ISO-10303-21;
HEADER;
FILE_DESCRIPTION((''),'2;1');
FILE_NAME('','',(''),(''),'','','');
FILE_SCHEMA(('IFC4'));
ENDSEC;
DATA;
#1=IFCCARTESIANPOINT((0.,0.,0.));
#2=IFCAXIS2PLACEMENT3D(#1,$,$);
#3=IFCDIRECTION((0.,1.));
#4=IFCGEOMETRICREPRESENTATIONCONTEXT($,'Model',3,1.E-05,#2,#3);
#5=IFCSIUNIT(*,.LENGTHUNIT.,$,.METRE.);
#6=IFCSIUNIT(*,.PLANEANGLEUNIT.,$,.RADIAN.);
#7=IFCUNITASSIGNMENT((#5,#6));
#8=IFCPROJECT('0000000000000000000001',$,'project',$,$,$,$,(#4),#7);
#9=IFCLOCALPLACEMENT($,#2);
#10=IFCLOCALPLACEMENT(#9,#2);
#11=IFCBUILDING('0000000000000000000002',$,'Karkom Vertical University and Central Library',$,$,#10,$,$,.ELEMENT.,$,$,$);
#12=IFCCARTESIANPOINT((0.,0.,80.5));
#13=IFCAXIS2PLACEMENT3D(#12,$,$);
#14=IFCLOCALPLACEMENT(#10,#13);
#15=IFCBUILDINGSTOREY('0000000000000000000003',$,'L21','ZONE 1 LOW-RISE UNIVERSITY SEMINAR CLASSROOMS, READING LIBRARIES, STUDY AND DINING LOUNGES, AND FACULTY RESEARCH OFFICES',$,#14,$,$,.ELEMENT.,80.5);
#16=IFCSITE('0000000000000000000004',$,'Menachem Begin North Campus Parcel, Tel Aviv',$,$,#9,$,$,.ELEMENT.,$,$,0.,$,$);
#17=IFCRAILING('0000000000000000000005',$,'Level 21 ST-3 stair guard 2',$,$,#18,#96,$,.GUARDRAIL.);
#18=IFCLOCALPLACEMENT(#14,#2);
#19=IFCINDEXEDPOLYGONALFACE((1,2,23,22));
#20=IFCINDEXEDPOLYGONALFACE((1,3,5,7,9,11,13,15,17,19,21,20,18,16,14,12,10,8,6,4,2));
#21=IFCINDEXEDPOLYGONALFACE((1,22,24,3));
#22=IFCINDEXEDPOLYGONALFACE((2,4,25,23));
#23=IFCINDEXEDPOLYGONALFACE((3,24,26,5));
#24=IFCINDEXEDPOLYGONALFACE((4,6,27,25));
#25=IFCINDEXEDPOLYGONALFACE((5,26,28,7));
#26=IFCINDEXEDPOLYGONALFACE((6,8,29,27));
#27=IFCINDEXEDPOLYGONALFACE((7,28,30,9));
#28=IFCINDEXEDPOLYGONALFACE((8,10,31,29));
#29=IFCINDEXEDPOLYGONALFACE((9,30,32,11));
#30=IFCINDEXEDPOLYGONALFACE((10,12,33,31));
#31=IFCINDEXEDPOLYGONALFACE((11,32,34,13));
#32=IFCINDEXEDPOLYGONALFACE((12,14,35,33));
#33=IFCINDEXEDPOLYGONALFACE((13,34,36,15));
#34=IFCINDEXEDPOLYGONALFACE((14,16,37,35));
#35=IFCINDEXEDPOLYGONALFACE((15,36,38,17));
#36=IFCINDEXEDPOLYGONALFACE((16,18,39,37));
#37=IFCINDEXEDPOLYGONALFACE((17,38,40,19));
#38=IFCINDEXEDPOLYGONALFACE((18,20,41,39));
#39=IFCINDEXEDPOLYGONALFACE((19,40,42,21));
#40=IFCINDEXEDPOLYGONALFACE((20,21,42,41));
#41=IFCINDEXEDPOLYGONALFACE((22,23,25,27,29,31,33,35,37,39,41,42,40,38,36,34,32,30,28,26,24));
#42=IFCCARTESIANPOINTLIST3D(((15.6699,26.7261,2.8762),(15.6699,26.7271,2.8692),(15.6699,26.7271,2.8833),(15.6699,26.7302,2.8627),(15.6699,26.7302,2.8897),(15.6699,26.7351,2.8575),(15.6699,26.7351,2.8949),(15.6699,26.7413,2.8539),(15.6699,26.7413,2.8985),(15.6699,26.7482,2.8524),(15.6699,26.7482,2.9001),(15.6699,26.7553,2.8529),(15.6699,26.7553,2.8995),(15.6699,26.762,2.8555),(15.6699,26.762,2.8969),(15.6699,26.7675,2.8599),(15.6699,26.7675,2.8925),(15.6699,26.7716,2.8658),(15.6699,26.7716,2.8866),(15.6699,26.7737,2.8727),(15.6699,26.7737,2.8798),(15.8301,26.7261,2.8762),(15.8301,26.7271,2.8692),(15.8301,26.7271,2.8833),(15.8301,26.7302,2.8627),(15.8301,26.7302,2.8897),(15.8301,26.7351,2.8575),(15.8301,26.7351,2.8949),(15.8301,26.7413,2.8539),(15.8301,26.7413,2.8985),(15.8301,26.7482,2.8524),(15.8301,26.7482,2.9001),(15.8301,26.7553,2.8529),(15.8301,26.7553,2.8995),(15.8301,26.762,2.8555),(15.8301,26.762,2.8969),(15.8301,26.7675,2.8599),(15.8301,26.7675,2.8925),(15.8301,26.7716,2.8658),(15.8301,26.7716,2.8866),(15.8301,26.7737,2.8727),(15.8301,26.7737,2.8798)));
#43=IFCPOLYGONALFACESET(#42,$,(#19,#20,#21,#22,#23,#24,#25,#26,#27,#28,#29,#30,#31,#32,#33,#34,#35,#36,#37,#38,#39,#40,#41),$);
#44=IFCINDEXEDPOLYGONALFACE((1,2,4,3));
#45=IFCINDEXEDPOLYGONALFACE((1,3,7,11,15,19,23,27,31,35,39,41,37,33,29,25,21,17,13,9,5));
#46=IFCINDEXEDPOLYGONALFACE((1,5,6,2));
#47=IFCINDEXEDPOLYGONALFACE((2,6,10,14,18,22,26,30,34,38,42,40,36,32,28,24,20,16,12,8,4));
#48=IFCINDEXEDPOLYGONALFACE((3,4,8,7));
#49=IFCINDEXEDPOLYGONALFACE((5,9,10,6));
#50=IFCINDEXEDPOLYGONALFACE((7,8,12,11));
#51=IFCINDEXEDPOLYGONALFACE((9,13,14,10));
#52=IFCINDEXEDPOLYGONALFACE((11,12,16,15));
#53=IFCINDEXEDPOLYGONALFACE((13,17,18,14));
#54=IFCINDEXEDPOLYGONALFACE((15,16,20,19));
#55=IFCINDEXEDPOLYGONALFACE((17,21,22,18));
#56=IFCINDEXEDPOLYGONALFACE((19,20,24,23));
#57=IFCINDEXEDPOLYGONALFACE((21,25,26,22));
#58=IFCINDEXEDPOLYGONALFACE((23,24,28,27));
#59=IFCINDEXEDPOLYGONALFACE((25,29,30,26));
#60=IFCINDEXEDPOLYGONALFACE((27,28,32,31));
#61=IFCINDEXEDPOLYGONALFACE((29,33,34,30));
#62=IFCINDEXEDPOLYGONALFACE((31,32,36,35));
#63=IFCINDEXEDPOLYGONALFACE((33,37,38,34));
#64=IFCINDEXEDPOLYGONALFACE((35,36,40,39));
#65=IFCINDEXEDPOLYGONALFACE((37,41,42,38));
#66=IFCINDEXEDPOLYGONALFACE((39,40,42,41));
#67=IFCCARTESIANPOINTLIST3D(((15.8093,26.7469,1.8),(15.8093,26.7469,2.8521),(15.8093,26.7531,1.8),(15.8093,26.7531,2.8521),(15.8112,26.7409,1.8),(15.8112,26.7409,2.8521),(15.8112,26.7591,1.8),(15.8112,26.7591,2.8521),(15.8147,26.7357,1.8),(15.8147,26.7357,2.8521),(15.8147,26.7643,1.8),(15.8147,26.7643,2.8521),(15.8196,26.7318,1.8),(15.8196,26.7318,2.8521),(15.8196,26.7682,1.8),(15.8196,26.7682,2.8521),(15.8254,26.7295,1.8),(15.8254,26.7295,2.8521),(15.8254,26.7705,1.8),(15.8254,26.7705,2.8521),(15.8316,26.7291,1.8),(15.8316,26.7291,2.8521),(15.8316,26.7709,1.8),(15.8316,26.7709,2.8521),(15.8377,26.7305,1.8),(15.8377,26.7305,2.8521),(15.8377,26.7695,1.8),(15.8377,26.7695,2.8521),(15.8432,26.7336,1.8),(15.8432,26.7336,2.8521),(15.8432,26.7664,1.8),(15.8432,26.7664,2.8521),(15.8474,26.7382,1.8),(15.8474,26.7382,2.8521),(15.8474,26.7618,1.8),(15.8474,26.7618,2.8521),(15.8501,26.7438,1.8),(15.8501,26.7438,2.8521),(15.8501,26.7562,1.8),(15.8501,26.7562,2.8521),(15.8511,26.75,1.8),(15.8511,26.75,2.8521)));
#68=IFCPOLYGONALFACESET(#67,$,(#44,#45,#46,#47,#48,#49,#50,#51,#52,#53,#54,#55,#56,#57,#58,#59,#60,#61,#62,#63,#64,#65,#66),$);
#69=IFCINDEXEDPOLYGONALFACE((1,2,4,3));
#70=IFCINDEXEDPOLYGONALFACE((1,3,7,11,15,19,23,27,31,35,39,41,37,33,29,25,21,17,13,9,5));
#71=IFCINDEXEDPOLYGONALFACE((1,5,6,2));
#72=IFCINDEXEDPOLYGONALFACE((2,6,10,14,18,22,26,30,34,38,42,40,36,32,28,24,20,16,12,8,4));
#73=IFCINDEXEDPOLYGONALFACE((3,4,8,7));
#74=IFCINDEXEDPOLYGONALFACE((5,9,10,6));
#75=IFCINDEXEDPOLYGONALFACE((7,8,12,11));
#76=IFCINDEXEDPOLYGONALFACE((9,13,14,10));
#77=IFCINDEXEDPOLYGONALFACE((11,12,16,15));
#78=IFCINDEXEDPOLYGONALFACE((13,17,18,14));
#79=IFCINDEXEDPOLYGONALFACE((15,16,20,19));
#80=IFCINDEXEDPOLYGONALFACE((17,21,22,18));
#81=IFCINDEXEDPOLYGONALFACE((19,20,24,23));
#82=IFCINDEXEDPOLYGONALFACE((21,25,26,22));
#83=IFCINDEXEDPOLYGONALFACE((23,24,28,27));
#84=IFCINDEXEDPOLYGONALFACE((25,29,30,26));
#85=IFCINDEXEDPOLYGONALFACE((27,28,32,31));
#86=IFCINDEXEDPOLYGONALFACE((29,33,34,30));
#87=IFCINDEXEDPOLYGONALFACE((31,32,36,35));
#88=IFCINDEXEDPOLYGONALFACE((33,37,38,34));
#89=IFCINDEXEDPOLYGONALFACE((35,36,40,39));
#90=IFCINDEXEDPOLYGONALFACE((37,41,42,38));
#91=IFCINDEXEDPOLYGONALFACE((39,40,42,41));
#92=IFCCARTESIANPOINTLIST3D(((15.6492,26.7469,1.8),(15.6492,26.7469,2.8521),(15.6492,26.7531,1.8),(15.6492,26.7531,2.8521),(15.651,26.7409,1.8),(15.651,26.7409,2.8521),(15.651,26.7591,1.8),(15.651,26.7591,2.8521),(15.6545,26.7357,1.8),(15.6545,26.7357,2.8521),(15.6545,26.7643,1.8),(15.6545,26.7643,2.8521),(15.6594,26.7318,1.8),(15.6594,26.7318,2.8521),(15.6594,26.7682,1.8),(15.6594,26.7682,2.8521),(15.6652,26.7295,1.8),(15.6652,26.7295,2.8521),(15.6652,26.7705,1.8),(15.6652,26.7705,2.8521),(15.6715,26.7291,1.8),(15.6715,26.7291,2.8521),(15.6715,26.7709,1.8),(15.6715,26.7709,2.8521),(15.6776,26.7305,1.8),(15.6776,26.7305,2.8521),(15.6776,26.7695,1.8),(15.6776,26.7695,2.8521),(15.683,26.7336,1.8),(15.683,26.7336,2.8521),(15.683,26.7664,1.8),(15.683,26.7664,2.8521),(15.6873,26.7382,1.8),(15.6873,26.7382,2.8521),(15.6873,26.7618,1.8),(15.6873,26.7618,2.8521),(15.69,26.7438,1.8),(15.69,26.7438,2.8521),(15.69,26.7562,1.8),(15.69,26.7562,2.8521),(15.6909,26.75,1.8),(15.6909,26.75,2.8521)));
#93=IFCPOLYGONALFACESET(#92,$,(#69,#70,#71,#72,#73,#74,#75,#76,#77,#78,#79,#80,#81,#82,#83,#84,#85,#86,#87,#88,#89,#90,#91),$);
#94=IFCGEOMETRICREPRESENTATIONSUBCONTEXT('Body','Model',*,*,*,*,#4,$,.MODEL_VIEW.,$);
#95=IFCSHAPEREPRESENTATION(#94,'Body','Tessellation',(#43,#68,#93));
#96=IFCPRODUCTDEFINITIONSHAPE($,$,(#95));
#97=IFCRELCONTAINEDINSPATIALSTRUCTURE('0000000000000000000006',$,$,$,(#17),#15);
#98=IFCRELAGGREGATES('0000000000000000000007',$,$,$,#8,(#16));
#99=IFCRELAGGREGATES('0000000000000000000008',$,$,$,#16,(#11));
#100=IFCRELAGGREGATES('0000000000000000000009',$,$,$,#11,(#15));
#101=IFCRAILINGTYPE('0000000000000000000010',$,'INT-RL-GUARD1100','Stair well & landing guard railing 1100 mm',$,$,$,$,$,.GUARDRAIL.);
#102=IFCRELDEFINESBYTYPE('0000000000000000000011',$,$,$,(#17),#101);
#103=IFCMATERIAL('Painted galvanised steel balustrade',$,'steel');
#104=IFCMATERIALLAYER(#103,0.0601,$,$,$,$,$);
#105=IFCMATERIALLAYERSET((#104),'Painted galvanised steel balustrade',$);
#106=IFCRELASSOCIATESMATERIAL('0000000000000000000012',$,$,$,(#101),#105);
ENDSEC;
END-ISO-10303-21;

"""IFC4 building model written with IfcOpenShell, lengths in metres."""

from ifc_helpers import new_model, si_unit, direction, frame, origin, origin_2d, place, context, subcontext, project, spatial, circle, extrude, material, layer, layer_set, type_object, element, save


model = new_model("IFC4")

# Units and contexts
model_context = context("Model", 3, precision=1e-05, world=origin(), true_north=direction((0.0, 1.0)))
body_context = subcontext(model_context, "Body", "Model", "MODEL_VIEW")
ifc_project = project(units=[si_unit("LENGTHUNIT", "METRE"), si_unit("PLANEANGLEUNIT", "RADIAN")], contexts=[model_context])

# Site, building, storey
site_placement = place(None, origin())
site = spatial("IfcSite", under=ifc_project, at=site_placement, Name="Menachem Begin North Campus Parcel, Tel Aviv", CompositionType="ELEMENT", RefElevation=0.0)
building_placement = place(site_placement, origin())
building = spatial("IfcBuilding", under=site, at=building_placement, Name="Karkom Vertical University and Central Library", CompositionType="ELEMENT")
storey_placement = place(building_placement, frame((0.0, 0.0, 80.5)))
storey = spatial("IfcBuildingStorey", under=building, at=storey_placement, Name="L21", Description="ZONE 1 LOW-RISE UNIVERSITY SEMINAR CLASSROOMS, READING LIBRARIES, STUDY AND DINING LOUNGES, AND FACULTY RESEARCH OFFICES", CompositionType="ELEMENT", Elevation=80.5)

# Railing
ifc_material_1 = material(Name="Painted galvanised steel balustrade", Category="steel")
ifc_layer_1 = layer(ifc_material_1, 0.0601)
ifc_layer_set_1 = layer_set([ifc_layer_1], Name="Painted galvanised steel balustrade")
railing_type_1 = type_object("IfcRailingType", Name="INT-RL-GUARD1100", Description="Stair well & landing guard railing 1100 mm", PredefinedType="GUARDRAIL", material=ifc_layer_set_1)
railing_1_placement = place(storey_placement, frame((15.8301, 26.75, 1.8)))
element("IfcRailing", 1, at=railing_1_placement, inside=storey, type_object=railing_type_1, Name="Level 21 ST-3 stair guard 2", PredefinedType="GUARDRAIL", context=body_context, shape_type="SweptSolid", body=[
    extrude(circle(Radius=0.0239, at=origin_2d()), frame((0.0, 0.0, 1.0762), z_axis=(-1.0, 0.0, 0.0), x_axis=(0.0, -1.0, 0.0)), (0.0, 0.0, 1.0), 0.1602),
    extrude(circle(Radius=0.021, at=origin_2d()), origin(), (0.0, 0.0, 1.0), 1.052),
    extrude(circle(Radius=0.021, at=origin_2d()), frame((-0.1602, 0.0, 0.0)), (0.0, 0.0, 1.0), 1.052),
])

save(model, "model.ifc")
